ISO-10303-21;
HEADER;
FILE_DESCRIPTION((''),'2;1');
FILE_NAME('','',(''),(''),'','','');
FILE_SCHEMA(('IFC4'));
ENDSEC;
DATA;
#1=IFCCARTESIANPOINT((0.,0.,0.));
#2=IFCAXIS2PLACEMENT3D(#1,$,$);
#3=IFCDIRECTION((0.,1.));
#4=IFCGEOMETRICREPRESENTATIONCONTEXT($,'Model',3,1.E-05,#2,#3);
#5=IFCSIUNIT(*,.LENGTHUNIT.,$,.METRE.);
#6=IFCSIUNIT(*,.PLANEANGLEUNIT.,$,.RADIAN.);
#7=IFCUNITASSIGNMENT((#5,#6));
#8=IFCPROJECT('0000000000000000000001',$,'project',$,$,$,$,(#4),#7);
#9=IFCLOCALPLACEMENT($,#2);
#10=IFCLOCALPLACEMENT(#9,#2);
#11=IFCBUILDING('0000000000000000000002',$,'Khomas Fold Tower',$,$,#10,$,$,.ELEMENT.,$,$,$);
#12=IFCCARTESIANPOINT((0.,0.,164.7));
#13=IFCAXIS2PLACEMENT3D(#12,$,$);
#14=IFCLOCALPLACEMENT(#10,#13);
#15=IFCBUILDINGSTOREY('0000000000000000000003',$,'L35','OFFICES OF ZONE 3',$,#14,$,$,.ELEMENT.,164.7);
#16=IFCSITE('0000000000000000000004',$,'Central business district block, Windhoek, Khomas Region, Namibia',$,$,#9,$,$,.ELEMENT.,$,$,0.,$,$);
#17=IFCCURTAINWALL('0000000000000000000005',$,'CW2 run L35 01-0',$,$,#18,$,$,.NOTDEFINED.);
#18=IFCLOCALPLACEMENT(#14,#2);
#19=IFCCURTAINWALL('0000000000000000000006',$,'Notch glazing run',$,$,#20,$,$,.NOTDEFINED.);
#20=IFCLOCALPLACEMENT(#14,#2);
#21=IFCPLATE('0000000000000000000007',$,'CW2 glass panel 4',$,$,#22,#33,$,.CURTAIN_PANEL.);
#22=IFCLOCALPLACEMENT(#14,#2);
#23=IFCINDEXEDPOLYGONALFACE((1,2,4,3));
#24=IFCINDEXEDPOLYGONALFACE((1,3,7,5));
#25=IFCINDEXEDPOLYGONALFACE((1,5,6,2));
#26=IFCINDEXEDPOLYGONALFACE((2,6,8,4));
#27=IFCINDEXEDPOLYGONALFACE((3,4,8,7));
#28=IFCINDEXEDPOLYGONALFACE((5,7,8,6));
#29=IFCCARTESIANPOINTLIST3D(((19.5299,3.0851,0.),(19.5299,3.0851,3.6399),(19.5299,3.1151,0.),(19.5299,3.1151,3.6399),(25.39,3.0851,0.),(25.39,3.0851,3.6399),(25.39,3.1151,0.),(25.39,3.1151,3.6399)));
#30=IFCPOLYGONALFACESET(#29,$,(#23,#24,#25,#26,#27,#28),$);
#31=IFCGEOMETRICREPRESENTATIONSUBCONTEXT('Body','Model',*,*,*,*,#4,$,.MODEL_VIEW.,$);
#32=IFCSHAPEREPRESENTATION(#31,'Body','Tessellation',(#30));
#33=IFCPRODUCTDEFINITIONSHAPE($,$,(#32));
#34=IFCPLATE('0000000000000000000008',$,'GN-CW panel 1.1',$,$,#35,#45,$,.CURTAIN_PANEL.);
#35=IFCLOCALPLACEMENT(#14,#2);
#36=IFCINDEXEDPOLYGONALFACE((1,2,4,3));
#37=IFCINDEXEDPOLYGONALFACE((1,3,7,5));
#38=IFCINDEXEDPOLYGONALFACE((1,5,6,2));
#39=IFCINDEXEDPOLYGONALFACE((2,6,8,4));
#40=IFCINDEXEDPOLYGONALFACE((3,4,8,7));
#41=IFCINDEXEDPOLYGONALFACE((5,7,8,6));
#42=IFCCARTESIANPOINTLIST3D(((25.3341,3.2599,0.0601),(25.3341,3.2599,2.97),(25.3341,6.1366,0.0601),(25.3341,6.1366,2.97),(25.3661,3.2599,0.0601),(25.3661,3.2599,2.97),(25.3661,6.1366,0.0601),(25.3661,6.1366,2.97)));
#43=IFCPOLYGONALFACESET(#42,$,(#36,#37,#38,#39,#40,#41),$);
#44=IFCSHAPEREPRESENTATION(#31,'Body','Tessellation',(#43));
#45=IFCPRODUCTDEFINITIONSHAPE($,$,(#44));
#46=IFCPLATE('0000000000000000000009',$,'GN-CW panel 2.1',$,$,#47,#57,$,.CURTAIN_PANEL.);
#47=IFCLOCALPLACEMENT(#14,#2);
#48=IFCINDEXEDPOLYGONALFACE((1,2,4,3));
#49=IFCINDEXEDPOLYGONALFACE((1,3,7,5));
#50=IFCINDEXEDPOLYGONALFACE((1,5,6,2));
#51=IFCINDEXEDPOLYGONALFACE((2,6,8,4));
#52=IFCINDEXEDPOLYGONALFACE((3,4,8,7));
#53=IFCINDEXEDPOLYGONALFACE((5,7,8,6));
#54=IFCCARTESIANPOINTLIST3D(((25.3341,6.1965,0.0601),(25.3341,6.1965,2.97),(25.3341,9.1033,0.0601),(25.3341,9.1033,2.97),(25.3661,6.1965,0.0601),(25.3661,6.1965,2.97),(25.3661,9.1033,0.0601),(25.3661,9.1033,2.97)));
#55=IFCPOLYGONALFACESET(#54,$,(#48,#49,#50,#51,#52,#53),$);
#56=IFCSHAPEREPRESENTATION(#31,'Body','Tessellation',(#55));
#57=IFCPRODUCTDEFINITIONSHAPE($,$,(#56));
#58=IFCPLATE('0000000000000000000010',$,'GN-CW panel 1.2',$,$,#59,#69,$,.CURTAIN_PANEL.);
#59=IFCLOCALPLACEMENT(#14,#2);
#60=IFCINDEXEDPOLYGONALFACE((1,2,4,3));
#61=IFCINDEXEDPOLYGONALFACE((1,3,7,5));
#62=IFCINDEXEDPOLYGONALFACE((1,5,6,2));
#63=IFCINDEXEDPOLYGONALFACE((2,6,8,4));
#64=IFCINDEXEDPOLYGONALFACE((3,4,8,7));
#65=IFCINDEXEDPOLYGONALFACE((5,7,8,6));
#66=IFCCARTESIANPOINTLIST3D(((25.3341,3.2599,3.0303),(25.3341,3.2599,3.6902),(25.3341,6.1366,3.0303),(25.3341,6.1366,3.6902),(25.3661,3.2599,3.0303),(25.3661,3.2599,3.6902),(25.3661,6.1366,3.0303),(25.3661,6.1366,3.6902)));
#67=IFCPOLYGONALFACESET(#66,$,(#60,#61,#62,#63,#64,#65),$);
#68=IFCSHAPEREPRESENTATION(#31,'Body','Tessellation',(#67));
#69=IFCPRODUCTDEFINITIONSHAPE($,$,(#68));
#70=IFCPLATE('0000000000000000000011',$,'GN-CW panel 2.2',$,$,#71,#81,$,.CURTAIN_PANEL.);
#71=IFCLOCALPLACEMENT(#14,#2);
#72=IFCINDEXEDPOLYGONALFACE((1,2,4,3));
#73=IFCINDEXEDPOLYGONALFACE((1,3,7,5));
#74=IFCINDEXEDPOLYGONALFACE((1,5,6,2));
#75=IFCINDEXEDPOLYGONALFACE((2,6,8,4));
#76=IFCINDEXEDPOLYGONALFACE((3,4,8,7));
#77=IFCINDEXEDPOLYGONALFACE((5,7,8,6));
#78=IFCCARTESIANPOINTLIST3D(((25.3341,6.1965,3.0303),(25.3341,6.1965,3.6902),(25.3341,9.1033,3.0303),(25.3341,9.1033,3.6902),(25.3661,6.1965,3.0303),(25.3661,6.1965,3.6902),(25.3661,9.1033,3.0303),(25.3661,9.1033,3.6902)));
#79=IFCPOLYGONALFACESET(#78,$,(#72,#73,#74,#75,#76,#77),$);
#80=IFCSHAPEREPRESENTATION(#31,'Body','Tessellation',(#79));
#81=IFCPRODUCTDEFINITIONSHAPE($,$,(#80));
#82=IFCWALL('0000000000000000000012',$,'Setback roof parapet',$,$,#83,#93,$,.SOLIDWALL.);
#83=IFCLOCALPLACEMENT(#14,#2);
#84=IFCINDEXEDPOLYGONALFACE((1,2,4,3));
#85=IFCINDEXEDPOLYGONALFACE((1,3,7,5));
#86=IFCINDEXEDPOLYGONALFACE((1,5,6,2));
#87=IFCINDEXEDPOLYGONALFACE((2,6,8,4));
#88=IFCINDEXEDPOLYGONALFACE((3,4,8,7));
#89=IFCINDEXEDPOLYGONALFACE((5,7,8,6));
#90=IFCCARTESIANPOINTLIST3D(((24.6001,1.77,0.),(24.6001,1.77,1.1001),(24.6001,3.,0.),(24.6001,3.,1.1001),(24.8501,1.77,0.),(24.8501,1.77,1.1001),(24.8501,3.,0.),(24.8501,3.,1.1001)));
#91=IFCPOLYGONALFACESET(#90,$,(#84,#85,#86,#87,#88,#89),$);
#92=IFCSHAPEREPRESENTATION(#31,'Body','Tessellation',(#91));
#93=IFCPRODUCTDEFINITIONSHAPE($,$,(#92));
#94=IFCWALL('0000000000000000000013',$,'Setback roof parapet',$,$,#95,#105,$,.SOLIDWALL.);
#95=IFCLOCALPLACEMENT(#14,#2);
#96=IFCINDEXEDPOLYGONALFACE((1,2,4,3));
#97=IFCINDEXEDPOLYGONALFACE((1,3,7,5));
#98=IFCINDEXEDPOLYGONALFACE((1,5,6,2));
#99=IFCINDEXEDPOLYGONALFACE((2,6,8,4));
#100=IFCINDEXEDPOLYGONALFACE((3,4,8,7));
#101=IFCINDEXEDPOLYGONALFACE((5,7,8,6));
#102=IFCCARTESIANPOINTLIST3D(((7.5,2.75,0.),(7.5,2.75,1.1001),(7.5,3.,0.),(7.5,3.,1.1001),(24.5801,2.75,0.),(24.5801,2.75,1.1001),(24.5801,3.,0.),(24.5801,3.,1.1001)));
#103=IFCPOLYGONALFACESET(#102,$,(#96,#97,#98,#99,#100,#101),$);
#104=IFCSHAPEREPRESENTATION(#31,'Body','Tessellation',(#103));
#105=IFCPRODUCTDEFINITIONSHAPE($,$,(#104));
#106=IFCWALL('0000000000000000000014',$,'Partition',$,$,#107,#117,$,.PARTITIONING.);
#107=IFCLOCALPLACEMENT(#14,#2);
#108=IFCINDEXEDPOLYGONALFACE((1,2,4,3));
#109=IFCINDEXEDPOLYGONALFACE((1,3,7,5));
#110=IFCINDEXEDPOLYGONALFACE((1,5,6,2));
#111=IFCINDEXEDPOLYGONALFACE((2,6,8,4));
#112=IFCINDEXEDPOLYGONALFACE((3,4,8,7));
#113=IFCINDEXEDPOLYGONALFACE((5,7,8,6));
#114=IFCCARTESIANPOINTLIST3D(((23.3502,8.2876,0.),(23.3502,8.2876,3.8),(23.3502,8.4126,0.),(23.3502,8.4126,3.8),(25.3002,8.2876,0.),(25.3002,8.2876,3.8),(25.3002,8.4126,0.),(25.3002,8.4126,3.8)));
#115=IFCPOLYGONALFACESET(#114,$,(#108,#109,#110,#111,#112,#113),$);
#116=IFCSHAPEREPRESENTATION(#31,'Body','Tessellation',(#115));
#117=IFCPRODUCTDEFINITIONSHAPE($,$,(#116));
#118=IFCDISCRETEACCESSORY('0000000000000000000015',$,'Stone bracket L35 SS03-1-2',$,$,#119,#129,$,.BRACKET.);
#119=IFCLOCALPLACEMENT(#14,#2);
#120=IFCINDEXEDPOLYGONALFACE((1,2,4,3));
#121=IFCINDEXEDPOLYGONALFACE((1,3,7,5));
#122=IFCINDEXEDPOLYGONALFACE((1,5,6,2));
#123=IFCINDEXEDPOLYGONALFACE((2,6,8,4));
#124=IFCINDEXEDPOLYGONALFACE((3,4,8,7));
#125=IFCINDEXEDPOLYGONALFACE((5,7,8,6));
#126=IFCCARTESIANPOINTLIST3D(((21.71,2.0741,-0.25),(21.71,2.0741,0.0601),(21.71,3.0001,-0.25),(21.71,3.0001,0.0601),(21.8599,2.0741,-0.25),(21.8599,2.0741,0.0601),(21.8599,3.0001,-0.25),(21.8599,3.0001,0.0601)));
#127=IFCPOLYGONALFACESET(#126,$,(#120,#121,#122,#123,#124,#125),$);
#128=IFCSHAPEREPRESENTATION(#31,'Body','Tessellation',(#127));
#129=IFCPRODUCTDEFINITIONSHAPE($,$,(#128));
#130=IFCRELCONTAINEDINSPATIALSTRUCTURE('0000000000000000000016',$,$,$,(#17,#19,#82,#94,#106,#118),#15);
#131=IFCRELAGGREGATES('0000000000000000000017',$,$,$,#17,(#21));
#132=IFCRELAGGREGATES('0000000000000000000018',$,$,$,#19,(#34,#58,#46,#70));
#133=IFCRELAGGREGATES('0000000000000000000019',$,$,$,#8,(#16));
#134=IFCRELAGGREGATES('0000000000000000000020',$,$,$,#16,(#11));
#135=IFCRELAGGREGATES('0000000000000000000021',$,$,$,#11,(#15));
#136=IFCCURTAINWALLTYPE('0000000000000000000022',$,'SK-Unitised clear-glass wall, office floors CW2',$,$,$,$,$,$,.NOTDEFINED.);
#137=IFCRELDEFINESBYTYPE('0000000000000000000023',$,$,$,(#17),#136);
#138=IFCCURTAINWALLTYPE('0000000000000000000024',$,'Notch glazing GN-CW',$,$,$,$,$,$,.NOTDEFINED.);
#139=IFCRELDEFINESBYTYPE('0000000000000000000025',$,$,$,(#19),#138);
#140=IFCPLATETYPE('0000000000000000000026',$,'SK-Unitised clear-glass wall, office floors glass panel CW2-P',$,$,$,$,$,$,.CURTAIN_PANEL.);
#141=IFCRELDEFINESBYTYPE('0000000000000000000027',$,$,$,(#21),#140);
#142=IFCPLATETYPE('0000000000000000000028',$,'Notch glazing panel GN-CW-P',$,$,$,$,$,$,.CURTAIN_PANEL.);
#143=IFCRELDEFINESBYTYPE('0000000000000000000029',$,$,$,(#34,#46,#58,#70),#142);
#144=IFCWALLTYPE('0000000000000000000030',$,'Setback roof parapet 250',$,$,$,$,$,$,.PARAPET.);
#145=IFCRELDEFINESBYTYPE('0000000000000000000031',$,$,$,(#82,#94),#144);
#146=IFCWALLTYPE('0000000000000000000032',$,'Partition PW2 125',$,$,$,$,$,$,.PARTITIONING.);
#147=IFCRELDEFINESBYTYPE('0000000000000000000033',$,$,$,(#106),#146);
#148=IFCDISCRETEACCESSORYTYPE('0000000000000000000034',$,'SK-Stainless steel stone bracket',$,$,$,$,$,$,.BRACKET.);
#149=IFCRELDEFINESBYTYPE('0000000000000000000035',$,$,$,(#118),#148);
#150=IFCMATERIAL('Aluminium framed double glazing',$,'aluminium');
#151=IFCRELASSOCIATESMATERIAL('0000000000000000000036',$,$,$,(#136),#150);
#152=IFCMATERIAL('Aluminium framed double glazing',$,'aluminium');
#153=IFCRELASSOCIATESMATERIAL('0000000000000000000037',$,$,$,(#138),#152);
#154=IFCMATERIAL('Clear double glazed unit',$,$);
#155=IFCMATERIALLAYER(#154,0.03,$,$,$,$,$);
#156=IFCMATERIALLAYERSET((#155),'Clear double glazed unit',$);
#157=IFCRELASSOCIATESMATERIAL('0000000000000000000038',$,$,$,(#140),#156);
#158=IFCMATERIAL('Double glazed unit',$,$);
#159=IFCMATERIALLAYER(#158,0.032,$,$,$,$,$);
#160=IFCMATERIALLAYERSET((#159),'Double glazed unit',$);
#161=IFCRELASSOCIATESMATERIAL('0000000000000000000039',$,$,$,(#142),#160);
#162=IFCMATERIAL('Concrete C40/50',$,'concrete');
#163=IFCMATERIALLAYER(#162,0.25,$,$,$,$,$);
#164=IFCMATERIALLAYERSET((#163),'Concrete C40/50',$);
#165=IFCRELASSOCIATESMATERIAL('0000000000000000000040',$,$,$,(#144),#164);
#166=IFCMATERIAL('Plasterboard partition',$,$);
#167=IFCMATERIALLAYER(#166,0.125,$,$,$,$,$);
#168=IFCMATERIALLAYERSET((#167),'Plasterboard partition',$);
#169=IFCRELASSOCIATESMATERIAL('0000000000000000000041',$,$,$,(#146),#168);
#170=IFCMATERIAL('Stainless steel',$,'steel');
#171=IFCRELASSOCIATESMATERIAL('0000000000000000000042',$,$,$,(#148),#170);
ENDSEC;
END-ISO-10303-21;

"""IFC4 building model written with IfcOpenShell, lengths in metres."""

from ifc_helpers import new_model, si_unit, direction, frame, frame_2d, origin, origin_2d, place, context, subcontext, project, spatial, rectangle, extrude, source, transform, mapped, material, layer, layer_set, type_object, element, aggregate, save


model = new_model("IFC4")

# Units and contexts
model_context = context("Model", 3, precision=1e-05, world=origin(), true_north=direction((0.0, 1.0)))
body_context = subcontext(model_context, "Body", "Model", "MODEL_VIEW")
ifc_project = project(units=[si_unit("LENGTHUNIT", "METRE"), si_unit("PLANEANGLEUNIT", "RADIAN")], contexts=[model_context])

# Site, building, storey
site_placement = place(None, origin())
site = spatial("IfcSite", under=ifc_project, at=site_placement, Name="Central business district block, Windhoek, Khomas Region, Namibia", CompositionType="ELEMENT", RefElevation=0.0)
building_placement = place(site_placement, origin())
building = spatial("IfcBuilding", under=site, at=building_placement, Name="Khomas Fold Tower", CompositionType="ELEMENT")
storey_placement = place(building_placement, frame((0.0, 0.0, 164.7)))
storey = spatial("IfcBuildingStorey", under=building, at=storey_placement, Name="L35", Description="OFFICES OF ZONE 3", CompositionType="ELEMENT", Elevation=164.7)

# Curtain wall
ifc_material_1 = material(Name="Aluminium framed double glazing", Category="aluminium")
curtain_wall_type_1 = type_object("IfcCurtainWallType", Name="SK-Unitised clear-glass wall, office floors CW2", PredefinedType="NOTDEFINED", material=ifc_material_1)
curtain_wall_1_placement = place(storey_placement, origin())
curtain_wall_1 = element("IfcCurtainWall", 1, at=curtain_wall_1_placement, inside=storey, type_object=curtain_wall_type_1, Name="CW2 run L35 01-0", PredefinedType="NOTDEFINED")

# Curtain wall
ifc_material_2 = material(Name="Aluminium framed double glazing", Category="aluminium")
curtain_wall_type_2 = type_object("IfcCurtainWallType", Name="Notch glazing GN-CW", PredefinedType="NOTDEFINED", material=ifc_material_2)
curtain_wall_2_placement = place(storey_placement, origin())
curtain_wall_2 = element("IfcCurtainWall", 2, at=curtain_wall_2_placement, inside=storey, type_object=curtain_wall_type_2, Name="Notch glazing run", PredefinedType="NOTDEFINED")

# Plates
ifc_material_3 = material(Name="Clear double glazed unit")
ifc_layer_1 = layer(ifc_material_3, 0.03)
ifc_layer_set_1 = layer_set([ifc_layer_1], Name="Clear double glazed unit")
plate_type_1 = type_object("IfcPlateType", Name="SK-Unitised clear-glass wall, office floors glass panel CW2-P", PredefinedType="CURTAIN_PANEL", material=ifc_layer_set_1)
shared_shape_1 = source(origin(), body_context, "Body", "SweptSolid", [
    extrude(rectangle(XDim=5.8601, YDim=0.03, at=origin_2d()), origin(), (0.0, 0.0, 1.0), 3.6399),
])
plate_1_placement = place(storey_placement, frame((22.46, 3.1001, 0.0), z_axis=(0.0, 0.0, 1.0), x_axis=(1.0, 0.0, 0.0)))
plate_1 = element("IfcPlate", 3, at=plate_1_placement, type_object=plate_type_1, Name="CW2 glass panel 4", PredefinedType="CURTAIN_PANEL", context=body_context, shape_type="MappedRepresentation", body=[
    mapped(shared_shape_1, transform((0.0, 0.0, 0.0))),
])
aggregate(curtain_wall_1, [plate_1])
ifc_material_4 = material(Name="Double glazed unit")
ifc_layer_2 = layer(ifc_material_4, 0.032)
ifc_layer_set_2 = layer_set([ifc_layer_2], Name="Double glazed unit")
plate_type_2 = type_object("IfcPlateType", Name="Notch glazing panel GN-CW-P", PredefinedType="CURTAIN_PANEL", material=ifc_layer_set_2)
shared_shape_2 = source(origin(), body_context, "Body", "SweptSolid", [
    extrude(rectangle(XDim=2.8767, YDim=0.032, at=origin_2d()), origin(), (0.0, 0.0, 1.0), 2.9099),
])
plate_2_placement = place(storey_placement, frame((25.3501, 4.6982, 0.0601), z_axis=(0.0, 0.0, 1.0), x_axis=(0.0, 1.0, 0.0)))
plate_2 = element("IfcPlate", 4, at=plate_2_placement, type_object=plate_type_2, Name="GN-CW panel 1.1", PredefinedType="CURTAIN_PANEL", context=body_context, shape_type="MappedRepresentation", body=[
    mapped(shared_shape_2, transform((0.0, 0.0, 0.0))),
])
shared_shape_3 = source(origin(), body_context, "Body", "SweptSolid", [
    extrude(rectangle(XDim=2.9067, YDim=0.032, at=origin_2d()), origin(), (0.0, 0.0, 1.0), 2.9099),
])
plate_3_placement = place(storey_placement, frame((25.3501, 7.6499, 0.0601), z_axis=(0.0, 0.0, 1.0), x_axis=(0.0, 1.0, 0.0)))
plate_3 = element("IfcPlate", 5, at=plate_3_placement, type_object=plate_type_2, Name="GN-CW panel 2.1", PredefinedType="CURTAIN_PANEL", context=body_context, shape_type="MappedRepresentation", body=[
    mapped(shared_shape_3, transform((0.0, 0.0, 0.0))),
])
shared_shape_4 = source(origin(), body_context, "Body", "SweptSolid", [
    extrude(rectangle(XDim=2.8767, YDim=0.032, at=origin_2d()), origin(), (0.0, 0.0, 1.0), 0.6599),
])
plate_4_placement = place(storey_placement, frame((25.3501, 4.6982, 3.0303), z_axis=(0.0, 0.0, 1.0), x_axis=(0.0, 1.0, 0.0)))
plate_4 = element("IfcPlate", 6, at=plate_4_placement, type_object=plate_type_2, Name="GN-CW panel 1.2", PredefinedType="CURTAIN_PANEL", context=body_context, shape_type="MappedRepresentation", body=[
    mapped(shared_shape_4, transform((0.0, 0.0, 0.0))),
])
shared_shape_5 = source(origin(), body_context, "Body", "SweptSolid", [
    extrude(rectangle(XDim=2.9067, YDim=0.032, at=origin_2d()), origin(), (0.0, 0.0, 1.0), 0.6599),
])
plate_5_placement = place(storey_placement, frame((25.3501, 7.6499, 3.0303), z_axis=(0.0, 0.0, 1.0), x_axis=(0.0, 1.0, 0.0)))
plate_5 = element("IfcPlate", 7, at=plate_5_placement, type_object=plate_type_2, Name="GN-CW panel 2.2", PredefinedType="CURTAIN_PANEL", context=body_context, shape_type="MappedRepresentation", body=[
    mapped(shared_shape_5, transform((0.0, 0.0, 0.0))),
])
aggregate(curtain_wall_2, [plate_2, plate_4, plate_3, plate_5])

# Walls
ifc_material_5 = material(Name="Concrete C40/50", Category="concrete")
ifc_layer_3 = layer(ifc_material_5, 0.25)
ifc_layer_set_3 = layer_set([ifc_layer_3], Name="Concrete C40/50")
wall_type_1 = type_object("IfcWallType", Name="Setback roof parapet 250", PredefinedType="PARAPET", material=ifc_layer_set_3)
shared_shape_6 = source(origin(), body_context, "Body", "SweptSolid", [
    extrude(rectangle(XDim=1.23, YDim=0.25, at=frame_2d((0.615, 0.0))), origin(), (0.0, 0.0, 1.0), 1.1001),
])
wall_1_placement = place(storey_placement, frame((24.7251, 1.77, 0.0), z_axis=(0.0, 0.0, 1.0), x_axis=(0.0, 1.0, 0.0)))
element("IfcWall", 8, at=wall_1_placement, inside=storey, type_object=wall_type_1, Name="Setback roof parapet", PredefinedType="SOLIDWALL", context=body_context, shape_type="MappedRepresentation", body=[
    mapped(shared_shape_6, transform((0.0, 0.0, 0.0))),
])
shared_shape_7 = source(origin(), body_context, "Body", "SweptSolid", [
    extrude(rectangle(XDim=17.0801, YDim=0.25, at=frame_2d((8.54, 0.0))), origin(), (0.0, 0.0, 1.0), 1.1001),
])
wall_2_placement = place(storey_placement, frame((24.5801, 2.875, 0.0), z_axis=(0.0, 0.0, 1.0), x_axis=(-1.0, 0.0, 0.0)))
element("IfcWall", 9, at=wall_2_placement, inside=storey, type_object=wall_type_1, Name="Setback roof parapet", PredefinedType="SOLIDWALL", context=body_context, shape_type="MappedRepresentation", body=[
    mapped(shared_shape_7, transform((0.0, 0.0, 0.0))),
])
ifc_material_6 = material(Name="Plasterboard partition")
ifc_layer_4 = layer(ifc_material_6, 0.125)
ifc_layer_set_4 = layer_set([ifc_layer_4], Name="Plasterboard partition")
wall_type_2 = type_object("IfcWallType", Name="Partition PW2 125", PredefinedType="PARTITIONING", material=ifc_layer_set_4)
shared_shape_8 = source(origin(), body_context, "Body", "SweptSolid", [
    extrude(rectangle(XDim=1.95, YDim=0.125, at=frame_2d((0.9751, 0.0))), origin(), (0.0, 0.0, 1.0), 3.8),
])
wall_3_placement = place(storey_placement, frame((23.3501, 8.3501, 0.0), z_axis=(0.0, 0.0, 1.0), x_axis=(1.0, 0.0, 0.0)))
element("IfcWall", 10, at=wall_3_placement, inside=storey, type_object=wall_type_2, Name="Partition", PredefinedType="PARTITIONING", context=body_context, shape_type="MappedRepresentation", body=[
    mapped(shared_shape_8, transform((0.0, 0.0, 0.0))),
])

# Discrete accessory
ifc_material_7 = material(Name="Stainless steel", Category="steel")
discrete_accessory_type = type_object("IfcDiscreteAccessoryType", Name="SK-Stainless steel stone bracket", PredefinedType="BRACKET", material=ifc_material_7)
shared_shape_9 = source(origin(), body_context, "Body", "SweptSolid", [
    extrude(rectangle(XDim=0.926, YDim=0.1499, at=origin_2d()), origin(), (0.0, 0.0, 1.0), 0.3101),
])
discrete_accessory_placement = place(storey_placement, frame((21.7849, 2.5371, -0.25), z_axis=(0.0, 0.0, 1.0), x_axis=(0.0, -1.0, 0.0)))
element("IfcDiscreteAccessory", 11, at=discrete_accessory_placement, inside=storey, type_object=discrete_accessory_type, Name="Stone bracket L35 SS03-1-2", PredefinedType="BRACKET", context=body_context, shape_type="MappedRepresentation", body=[
    mapped(shared_shape_9, transform((0.0, 0.0, 0.0))),
])

save(model, "model.ifc")
